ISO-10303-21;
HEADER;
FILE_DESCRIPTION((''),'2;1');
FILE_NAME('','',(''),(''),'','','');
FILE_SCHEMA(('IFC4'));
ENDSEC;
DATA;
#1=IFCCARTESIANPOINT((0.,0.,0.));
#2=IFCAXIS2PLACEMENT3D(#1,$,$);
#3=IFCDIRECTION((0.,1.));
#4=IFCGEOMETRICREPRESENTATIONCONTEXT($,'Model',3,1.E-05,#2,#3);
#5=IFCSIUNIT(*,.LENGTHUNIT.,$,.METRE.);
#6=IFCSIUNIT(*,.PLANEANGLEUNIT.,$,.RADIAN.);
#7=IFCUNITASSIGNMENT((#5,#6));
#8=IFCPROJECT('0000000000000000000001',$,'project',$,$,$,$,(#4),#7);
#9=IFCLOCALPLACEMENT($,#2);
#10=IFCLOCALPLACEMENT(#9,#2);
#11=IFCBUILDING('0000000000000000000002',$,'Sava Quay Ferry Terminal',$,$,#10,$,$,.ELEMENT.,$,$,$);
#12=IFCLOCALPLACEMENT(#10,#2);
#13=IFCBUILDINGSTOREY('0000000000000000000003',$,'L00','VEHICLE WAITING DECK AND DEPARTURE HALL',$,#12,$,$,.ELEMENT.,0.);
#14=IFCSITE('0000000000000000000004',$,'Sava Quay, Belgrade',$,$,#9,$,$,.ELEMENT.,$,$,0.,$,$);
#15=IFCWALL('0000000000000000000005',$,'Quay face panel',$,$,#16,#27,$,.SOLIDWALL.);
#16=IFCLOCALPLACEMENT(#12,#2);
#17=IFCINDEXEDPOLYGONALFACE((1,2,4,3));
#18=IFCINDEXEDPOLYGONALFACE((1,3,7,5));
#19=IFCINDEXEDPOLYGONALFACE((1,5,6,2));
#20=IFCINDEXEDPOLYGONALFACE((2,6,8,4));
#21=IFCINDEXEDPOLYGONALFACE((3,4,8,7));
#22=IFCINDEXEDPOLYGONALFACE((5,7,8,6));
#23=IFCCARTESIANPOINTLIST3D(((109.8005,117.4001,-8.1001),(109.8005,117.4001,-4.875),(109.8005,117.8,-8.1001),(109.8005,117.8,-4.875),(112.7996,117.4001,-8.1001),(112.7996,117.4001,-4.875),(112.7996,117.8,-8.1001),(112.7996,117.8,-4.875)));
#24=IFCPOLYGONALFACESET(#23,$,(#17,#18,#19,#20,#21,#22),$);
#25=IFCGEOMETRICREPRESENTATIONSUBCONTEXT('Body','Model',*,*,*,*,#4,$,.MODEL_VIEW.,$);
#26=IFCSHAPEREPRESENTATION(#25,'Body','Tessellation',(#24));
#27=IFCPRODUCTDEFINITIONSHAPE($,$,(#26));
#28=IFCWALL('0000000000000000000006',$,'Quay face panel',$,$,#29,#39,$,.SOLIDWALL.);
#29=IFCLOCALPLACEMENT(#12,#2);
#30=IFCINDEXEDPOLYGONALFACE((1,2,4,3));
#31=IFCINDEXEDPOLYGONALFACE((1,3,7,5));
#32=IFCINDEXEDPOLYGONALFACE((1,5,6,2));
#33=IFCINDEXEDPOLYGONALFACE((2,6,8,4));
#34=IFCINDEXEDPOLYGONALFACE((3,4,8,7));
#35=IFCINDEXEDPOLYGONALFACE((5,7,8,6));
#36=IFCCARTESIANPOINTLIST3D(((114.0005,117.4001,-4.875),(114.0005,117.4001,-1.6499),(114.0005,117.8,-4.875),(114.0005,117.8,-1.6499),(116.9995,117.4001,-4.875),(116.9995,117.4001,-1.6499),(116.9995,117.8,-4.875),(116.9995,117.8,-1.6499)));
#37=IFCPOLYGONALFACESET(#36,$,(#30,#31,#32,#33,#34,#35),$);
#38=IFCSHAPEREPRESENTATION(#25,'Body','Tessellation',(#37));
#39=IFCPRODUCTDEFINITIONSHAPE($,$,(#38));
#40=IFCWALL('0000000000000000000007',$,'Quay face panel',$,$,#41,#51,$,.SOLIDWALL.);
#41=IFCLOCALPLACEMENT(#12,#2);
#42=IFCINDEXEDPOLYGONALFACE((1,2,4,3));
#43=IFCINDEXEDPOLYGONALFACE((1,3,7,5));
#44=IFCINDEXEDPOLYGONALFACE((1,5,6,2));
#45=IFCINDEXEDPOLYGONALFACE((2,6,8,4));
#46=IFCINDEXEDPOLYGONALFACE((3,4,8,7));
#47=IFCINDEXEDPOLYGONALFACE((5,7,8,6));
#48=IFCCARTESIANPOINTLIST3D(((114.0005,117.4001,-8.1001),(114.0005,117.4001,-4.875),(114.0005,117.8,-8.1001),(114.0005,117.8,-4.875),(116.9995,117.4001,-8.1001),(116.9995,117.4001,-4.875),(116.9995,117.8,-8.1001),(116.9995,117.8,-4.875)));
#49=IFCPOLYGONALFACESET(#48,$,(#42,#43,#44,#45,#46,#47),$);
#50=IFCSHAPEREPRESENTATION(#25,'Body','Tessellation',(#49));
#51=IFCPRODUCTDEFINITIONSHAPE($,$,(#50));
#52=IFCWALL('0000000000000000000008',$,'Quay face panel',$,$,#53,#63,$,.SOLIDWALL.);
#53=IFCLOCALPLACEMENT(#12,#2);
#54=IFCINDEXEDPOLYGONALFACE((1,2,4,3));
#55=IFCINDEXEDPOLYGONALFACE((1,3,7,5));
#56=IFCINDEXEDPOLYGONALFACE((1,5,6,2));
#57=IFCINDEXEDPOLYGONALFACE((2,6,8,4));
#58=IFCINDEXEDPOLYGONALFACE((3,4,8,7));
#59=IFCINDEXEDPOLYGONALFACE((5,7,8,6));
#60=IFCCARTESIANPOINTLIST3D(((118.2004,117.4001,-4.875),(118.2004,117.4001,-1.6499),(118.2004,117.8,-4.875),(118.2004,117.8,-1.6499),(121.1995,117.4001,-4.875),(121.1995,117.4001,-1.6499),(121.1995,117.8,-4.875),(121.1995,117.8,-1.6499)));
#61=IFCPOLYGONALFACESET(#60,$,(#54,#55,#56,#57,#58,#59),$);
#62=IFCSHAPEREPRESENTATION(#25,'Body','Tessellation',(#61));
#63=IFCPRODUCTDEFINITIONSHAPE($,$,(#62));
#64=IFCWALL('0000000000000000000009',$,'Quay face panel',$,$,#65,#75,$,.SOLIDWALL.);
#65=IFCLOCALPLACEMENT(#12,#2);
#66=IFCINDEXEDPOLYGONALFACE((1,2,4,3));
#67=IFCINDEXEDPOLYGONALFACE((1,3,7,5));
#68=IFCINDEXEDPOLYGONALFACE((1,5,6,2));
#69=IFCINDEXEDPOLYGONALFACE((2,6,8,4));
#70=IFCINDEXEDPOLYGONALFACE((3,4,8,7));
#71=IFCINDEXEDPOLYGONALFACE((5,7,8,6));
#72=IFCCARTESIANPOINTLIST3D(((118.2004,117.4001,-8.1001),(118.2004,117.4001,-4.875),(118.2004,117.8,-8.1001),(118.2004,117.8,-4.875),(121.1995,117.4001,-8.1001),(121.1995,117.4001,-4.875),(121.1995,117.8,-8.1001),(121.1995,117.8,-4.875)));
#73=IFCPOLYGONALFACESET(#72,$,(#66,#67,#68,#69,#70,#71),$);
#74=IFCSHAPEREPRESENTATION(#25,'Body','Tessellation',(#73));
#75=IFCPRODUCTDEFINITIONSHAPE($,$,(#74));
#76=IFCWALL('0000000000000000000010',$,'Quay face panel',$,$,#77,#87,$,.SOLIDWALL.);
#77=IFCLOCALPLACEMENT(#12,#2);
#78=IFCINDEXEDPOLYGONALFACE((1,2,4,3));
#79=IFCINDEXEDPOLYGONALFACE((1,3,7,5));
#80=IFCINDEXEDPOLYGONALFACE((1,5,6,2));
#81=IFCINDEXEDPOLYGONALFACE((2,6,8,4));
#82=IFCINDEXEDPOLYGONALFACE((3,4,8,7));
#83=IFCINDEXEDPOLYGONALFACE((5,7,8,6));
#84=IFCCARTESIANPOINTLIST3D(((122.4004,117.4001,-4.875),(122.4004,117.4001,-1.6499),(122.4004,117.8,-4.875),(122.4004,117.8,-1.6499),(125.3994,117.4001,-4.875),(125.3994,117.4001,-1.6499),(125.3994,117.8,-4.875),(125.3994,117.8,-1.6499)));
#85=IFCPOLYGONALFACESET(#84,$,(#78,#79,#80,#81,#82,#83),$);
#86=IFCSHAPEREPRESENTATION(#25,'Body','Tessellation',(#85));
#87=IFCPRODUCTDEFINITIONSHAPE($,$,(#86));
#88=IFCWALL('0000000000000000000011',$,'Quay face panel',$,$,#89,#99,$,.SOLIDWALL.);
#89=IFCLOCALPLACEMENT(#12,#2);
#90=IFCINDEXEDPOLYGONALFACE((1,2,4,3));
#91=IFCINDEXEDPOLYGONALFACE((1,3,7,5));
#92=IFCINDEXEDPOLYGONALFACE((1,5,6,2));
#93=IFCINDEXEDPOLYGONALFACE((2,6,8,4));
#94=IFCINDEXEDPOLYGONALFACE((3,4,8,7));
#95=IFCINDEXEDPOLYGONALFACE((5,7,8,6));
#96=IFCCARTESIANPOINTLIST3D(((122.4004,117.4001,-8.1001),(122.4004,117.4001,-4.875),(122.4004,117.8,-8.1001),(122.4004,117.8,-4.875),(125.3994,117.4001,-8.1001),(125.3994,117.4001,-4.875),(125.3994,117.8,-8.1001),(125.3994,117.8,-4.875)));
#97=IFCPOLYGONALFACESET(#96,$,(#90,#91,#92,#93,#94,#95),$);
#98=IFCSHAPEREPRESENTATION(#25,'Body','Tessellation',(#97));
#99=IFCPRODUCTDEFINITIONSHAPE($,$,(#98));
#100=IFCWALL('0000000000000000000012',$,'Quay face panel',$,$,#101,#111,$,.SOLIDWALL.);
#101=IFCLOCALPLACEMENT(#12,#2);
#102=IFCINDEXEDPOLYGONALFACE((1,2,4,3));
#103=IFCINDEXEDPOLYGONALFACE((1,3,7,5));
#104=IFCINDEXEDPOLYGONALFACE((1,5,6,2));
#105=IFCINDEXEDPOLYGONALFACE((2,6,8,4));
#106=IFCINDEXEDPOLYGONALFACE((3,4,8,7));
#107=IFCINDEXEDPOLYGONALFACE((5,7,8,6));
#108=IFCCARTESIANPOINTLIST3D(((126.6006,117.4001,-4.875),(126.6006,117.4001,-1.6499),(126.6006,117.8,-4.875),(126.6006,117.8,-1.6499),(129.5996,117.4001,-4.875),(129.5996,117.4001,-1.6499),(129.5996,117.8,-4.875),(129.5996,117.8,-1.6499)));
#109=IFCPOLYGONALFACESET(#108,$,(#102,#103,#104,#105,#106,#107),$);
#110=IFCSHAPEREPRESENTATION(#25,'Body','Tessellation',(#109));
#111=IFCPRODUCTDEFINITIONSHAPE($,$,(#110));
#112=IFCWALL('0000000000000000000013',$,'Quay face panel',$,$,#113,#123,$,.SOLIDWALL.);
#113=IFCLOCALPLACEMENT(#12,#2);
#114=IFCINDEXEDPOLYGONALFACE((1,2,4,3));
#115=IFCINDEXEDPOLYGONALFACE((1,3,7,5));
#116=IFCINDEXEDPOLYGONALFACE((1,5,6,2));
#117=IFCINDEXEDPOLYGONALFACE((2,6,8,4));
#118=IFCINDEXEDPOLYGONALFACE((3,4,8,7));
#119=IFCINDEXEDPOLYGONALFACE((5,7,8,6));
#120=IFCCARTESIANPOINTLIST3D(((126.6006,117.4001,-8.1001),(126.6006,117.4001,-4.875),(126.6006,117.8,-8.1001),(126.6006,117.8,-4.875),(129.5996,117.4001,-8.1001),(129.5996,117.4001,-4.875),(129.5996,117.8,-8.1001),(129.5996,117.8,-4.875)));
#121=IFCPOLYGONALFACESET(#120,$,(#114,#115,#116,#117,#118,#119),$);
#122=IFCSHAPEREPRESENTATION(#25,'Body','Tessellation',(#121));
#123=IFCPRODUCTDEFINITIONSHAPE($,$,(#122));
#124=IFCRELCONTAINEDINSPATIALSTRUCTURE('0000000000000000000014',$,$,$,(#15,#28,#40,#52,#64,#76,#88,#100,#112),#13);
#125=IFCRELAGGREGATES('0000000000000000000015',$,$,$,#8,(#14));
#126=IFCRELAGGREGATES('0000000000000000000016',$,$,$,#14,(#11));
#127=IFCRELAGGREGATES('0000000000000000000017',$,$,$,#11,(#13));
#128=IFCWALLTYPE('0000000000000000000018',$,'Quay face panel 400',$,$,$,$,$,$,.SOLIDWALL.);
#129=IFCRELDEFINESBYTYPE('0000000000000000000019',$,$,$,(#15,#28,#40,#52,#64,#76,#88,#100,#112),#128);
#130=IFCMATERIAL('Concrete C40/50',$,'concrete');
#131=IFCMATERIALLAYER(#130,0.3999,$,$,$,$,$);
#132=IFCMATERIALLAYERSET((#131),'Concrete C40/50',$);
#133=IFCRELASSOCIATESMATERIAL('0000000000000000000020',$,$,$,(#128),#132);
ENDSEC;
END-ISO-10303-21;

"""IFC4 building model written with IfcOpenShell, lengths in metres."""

from ifc_helpers import new_model, si_unit, direction, frame, frame_2d, origin, place, context, subcontext, project, spatial, rectangle, extrude, material, layer, layer_set, type_object, element, save


model = new_model("IFC4")

# Units and contexts
model_context = context("Model", 3, precision=1e-05, world=origin(), true_north=direction((0.0, 1.0)))
body_context = subcontext(model_context, "Body", "Model", "MODEL_VIEW")
ifc_project = project(units=[si_unit("LENGTHUNIT", "METRE"), si_unit("PLANEANGLEUNIT", "RADIAN")], contexts=[model_context])

# Site, building, storey
site_placement = place(None, origin())
site = spatial("IfcSite", under=ifc_project, at=site_placement, Name="Sava Quay, Belgrade", CompositionType="ELEMENT", RefElevation=0.0)
building_placement = place(site_placement, origin())
building = spatial("IfcBuilding", under=site, at=building_placement, Name="Sava Quay Ferry Terminal", CompositionType="ELEMENT")
storey_placement = place(building_placement, origin())
storey = spatial("IfcBuildingStorey", under=building, at=storey_placement, Name="L00", Description="VEHICLE WAITING DECK AND DEPARTURE HALL", CompositionType="ELEMENT", Elevation=0.0)

# Walls
ifc_material_1 = material(Name="Concrete C40/50", Category="concrete")
ifc_layer_1 = layer(ifc_material_1, 0.3999)
ifc_layer_set_1 = layer_set([ifc_layer_1], Name="Concrete C40/50")
wall_type = type_object("IfcWallType", Name="Quay face panel 400", PredefinedType="SOLIDWALL", material=ifc_layer_set_1)
for number, where, z_axis, x_axis, name in (
    (1, (109.8005, 117.6001, -8.1001), (0.0, 0.0, 1.0), (1.0, 0.0, 0.0), "Quay face panel"),
    (2, (114.0005, 117.6001, -4.875), (0.0, 0.0, 1.0), (1.0, 0.0, 0.0), "Quay face panel"),
    (3, (114.0005, 117.6001, -8.1001), (0.0, 0.0, 1.0), (1.0, 0.0, 0.0), "Quay face panel"),
    (4, (118.2004, 117.6001, -4.875), (0.0, 0.0, 1.0), (1.0, 0.0, 0.0), "Quay face panel"),
    (5, (118.2004, 117.6001, -8.1001), (0.0, 0.0, 1.0), (1.0, 0.0, 0.0), "Quay face panel"),
    (6, (122.4004, 117.6001, -4.875), (0.0, 0.0, 1.0), (1.0, 0.0, 0.0), "Quay face panel"),
    (7, (122.4004, 117.6001, -8.1001), (0.0, 0.0, 1.0), (1.0, 0.0, 0.0), "Quay face panel"),
    (8, (126.6006, 117.6001, -4.875), (0.0, 0.0, 1.0), (1.0, 0.0, 0.0), "Quay face panel"),
    (9, (126.6006, 117.6001, -8.1001), (0.0, 0.0, 1.0), (1.0, 0.0, 0.0), "Quay face panel"),
):
    element("IfcWall", number, at=place(storey_placement, frame(where, z_axis=z_axis, x_axis=x_axis)), inside=storey, type_object=wall_type, Name=name, PredefinedType="SOLIDWALL", context=body_context, shape_type="SweptSolid", body=[
        extrude(rectangle(XDim=2.999, YDim=0.3999, at=frame_2d((1.4995, 0.0))), origin(), (0.0, 0.0, 1.0), 3.2251),
    ])

save(model, "model.ifc")
